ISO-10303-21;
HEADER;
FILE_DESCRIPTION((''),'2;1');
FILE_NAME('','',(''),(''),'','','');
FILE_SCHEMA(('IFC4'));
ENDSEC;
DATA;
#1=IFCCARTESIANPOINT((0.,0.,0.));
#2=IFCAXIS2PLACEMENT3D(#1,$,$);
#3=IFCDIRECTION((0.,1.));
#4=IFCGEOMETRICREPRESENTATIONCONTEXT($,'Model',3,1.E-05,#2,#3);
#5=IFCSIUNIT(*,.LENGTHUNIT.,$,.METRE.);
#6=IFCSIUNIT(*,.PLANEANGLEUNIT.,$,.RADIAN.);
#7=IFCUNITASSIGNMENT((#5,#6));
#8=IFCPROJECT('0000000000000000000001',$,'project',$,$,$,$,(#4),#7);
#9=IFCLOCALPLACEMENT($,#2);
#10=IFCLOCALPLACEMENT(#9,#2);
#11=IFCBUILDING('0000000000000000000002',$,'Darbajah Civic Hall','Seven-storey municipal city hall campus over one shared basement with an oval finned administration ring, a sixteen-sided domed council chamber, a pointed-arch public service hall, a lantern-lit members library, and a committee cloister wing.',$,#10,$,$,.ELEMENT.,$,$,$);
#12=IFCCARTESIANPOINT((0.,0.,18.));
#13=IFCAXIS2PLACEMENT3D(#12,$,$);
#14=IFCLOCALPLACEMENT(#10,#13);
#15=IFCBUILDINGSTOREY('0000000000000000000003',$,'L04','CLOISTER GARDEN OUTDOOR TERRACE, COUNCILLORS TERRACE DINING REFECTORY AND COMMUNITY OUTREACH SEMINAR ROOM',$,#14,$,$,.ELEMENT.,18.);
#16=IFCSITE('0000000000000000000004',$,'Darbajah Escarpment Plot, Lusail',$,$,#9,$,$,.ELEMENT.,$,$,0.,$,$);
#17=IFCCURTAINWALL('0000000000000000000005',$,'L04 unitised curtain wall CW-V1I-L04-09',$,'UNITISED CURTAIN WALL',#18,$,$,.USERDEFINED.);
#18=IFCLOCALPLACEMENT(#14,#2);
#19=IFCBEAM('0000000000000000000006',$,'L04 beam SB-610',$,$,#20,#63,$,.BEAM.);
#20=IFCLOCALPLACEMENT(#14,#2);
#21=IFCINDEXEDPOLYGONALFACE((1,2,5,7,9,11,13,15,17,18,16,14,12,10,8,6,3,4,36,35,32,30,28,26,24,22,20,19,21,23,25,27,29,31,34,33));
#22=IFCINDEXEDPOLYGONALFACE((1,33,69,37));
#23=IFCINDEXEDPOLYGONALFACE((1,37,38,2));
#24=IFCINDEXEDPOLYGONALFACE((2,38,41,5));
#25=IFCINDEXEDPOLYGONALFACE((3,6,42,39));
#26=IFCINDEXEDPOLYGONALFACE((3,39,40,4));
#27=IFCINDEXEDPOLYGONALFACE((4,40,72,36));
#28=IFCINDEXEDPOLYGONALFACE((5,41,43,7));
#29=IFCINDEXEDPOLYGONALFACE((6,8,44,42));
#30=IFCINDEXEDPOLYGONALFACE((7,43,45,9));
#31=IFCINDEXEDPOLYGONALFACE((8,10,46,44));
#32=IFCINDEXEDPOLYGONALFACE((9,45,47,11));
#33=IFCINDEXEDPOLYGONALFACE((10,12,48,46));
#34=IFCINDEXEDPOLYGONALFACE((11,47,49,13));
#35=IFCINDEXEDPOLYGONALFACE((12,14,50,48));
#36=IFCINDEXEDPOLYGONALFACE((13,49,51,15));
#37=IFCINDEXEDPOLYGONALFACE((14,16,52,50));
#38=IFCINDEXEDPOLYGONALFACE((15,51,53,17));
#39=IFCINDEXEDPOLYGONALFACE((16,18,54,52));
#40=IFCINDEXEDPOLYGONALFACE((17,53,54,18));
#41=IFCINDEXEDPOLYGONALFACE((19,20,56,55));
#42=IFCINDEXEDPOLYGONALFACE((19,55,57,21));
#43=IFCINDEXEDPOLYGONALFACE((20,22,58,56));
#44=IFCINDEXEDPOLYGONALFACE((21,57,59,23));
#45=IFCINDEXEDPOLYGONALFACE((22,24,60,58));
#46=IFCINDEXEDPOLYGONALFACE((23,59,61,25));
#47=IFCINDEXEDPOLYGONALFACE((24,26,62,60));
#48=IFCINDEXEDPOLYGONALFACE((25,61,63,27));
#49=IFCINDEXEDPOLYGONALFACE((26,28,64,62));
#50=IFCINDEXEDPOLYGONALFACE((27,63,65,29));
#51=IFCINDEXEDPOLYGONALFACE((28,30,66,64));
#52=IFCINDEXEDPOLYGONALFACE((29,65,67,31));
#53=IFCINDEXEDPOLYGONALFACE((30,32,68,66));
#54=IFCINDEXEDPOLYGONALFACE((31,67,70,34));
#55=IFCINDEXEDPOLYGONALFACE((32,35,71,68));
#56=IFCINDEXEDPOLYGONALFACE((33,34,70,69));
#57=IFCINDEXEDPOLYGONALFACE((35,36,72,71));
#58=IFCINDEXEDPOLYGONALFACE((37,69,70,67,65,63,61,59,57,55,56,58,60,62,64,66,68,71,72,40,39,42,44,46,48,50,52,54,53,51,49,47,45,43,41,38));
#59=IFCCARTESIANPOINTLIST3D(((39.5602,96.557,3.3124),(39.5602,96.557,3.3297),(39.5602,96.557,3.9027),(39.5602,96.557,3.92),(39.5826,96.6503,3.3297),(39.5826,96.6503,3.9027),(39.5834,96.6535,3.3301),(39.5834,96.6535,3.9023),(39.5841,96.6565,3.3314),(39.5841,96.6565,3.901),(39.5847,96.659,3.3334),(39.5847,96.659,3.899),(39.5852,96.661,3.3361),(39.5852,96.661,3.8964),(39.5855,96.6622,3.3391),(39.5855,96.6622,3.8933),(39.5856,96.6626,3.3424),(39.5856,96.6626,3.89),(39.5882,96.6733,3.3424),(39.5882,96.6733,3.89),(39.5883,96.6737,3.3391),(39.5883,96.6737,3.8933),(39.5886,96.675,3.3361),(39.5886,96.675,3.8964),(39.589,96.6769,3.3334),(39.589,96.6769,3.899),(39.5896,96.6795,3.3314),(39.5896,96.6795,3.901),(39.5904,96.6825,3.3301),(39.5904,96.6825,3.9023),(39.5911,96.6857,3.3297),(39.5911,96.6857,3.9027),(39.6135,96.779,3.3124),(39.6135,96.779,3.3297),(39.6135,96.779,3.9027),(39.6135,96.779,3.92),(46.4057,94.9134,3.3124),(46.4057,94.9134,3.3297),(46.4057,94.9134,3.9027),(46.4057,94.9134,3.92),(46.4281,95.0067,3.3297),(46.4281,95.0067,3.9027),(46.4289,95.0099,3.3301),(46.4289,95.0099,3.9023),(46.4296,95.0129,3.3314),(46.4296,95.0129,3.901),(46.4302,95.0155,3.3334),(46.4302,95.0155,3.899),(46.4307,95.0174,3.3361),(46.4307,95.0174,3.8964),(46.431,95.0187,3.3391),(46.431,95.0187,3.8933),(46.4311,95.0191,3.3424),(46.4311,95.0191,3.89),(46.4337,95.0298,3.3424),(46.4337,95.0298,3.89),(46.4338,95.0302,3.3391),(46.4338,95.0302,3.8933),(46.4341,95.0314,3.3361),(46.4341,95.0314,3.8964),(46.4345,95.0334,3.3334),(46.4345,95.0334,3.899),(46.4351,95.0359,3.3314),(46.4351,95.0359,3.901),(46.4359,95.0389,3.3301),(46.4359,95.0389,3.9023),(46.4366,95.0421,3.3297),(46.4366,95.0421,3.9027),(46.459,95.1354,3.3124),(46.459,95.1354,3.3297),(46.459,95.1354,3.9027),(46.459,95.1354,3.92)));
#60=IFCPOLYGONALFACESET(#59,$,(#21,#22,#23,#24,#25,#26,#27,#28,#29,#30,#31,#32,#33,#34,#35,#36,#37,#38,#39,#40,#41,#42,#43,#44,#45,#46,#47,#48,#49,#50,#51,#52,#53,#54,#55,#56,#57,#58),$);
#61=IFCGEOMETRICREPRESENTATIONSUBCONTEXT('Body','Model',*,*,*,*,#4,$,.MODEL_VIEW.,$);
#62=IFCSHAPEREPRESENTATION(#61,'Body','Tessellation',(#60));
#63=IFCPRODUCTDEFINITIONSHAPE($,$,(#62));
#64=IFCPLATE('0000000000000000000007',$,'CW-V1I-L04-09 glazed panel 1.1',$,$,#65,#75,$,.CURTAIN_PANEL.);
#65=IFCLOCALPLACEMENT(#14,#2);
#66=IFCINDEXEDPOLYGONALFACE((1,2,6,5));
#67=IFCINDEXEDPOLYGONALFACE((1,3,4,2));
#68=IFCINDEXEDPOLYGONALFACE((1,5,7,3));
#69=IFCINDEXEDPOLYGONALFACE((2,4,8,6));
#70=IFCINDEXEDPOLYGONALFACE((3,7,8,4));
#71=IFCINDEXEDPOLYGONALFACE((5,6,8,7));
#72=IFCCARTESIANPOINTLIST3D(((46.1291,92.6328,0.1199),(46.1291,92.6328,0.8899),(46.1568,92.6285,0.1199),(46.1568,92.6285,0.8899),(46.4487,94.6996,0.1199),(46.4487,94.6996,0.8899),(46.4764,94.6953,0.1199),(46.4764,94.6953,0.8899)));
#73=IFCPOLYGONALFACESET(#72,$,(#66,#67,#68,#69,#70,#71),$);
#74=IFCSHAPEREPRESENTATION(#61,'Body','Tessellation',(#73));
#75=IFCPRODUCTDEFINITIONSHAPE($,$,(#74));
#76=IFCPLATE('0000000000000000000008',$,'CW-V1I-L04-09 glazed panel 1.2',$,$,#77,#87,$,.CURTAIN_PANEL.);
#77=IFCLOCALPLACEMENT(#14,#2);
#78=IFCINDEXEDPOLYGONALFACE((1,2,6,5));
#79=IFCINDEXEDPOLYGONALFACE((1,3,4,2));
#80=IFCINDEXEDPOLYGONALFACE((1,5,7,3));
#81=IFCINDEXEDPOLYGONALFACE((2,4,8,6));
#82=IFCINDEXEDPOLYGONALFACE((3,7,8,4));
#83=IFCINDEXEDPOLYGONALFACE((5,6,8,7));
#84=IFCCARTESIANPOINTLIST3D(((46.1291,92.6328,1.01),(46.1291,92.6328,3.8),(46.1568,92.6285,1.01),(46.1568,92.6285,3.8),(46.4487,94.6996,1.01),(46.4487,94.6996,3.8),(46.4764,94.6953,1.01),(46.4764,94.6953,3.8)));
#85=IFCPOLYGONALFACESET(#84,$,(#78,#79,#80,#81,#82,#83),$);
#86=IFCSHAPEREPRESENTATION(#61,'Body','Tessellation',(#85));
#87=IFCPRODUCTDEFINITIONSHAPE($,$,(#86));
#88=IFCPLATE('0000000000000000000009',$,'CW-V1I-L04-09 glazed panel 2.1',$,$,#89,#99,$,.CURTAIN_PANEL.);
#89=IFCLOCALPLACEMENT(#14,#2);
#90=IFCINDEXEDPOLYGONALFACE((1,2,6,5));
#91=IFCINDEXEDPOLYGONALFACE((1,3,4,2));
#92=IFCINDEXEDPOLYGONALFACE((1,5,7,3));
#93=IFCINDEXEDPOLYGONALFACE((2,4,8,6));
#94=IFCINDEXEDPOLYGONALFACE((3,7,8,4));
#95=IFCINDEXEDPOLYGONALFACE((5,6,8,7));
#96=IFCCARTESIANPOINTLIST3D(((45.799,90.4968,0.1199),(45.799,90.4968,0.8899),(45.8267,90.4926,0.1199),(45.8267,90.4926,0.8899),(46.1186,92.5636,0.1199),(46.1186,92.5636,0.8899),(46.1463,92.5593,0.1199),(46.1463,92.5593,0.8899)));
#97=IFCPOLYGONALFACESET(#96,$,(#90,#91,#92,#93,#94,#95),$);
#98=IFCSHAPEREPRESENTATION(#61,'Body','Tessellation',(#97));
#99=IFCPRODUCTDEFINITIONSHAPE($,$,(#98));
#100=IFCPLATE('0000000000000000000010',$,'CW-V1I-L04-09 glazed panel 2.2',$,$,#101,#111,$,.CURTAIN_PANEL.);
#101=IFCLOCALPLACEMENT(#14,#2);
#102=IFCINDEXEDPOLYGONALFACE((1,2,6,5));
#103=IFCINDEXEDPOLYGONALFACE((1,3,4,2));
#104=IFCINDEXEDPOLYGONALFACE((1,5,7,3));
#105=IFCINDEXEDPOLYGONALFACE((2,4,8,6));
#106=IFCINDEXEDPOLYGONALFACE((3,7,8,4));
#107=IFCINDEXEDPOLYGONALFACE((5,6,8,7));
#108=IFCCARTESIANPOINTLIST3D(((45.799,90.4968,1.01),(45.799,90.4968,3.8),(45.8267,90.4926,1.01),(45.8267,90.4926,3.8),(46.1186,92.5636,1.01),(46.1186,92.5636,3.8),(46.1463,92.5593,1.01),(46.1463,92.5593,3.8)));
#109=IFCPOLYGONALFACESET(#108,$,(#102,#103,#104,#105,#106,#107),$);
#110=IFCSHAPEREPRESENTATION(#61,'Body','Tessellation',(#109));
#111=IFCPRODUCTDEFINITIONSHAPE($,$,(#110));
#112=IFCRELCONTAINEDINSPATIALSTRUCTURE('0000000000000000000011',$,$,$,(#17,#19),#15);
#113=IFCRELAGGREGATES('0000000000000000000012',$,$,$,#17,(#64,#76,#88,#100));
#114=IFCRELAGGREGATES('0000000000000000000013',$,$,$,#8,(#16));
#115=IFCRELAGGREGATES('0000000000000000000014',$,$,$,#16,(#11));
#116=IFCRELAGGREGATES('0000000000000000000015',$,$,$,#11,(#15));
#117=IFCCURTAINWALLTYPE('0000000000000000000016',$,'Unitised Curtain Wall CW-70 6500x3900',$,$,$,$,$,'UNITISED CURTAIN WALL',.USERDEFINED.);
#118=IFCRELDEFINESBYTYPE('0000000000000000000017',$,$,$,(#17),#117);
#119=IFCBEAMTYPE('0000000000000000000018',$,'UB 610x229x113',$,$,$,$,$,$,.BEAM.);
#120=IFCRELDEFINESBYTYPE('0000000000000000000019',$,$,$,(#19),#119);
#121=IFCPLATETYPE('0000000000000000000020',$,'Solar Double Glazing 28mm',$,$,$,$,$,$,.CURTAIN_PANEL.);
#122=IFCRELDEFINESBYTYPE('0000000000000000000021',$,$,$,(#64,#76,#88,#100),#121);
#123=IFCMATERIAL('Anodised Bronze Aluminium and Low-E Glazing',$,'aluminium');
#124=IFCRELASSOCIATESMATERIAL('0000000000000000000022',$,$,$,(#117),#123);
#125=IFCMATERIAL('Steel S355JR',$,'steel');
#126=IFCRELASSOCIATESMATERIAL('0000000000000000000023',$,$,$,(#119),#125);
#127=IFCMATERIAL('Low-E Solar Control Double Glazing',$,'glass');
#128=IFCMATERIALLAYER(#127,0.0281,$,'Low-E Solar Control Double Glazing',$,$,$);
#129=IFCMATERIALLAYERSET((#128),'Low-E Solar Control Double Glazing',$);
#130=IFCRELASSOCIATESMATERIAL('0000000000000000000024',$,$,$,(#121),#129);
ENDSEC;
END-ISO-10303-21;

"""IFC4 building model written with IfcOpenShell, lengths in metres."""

from ifc_helpers import new_model, si_unit, direction, frame, origin, origin_2d, place, context, subcontext, project, spatial, rectangle, i_section, extrude, material, layer, layer_set, material_profile, profile_set, type_object, element, aggregate, save


model = new_model("IFC4")

# Units and contexts
model_context = context("Model", 3, precision=1e-05, world=origin(), true_north=direction((0.0, 1.0)))
body_context = subcontext(model_context, "Body", "Model", "MODEL_VIEW")
ifc_project = project(units=[si_unit("LENGTHUNIT", "METRE"), si_unit("PLANEANGLEUNIT", "RADIAN")], contexts=[model_context])

# Site, building, storey
site_placement = place(None, origin())
site = spatial("IfcSite", under=ifc_project, at=site_placement, Name="Darbajah Escarpment Plot, Lusail", CompositionType="ELEMENT", RefElevation=0.0)
building_placement = place(site_placement, origin())
building = spatial("IfcBuilding", under=site, at=building_placement, Name="Darbajah Civic Hall", Description="Seven-storey municipal city hall campus over one shared basement with an oval finned administration ring, a sixteen-sided domed council chamber, a pointed-arch public service hall, a lantern-lit members library, and a committee cloister wing.", CompositionType="ELEMENT")
storey_placement = place(building_placement, frame((0.0, 0.0, 18.0)))
storey = spatial("IfcBuildingStorey", under=building, at=storey_placement, Name="L04", Description="CLOISTER GARDEN OUTDOOR TERRACE, COUNCILLORS TERRACE DINING REFECTORY AND COMMUNITY OUTREACH SEMINAR ROOM", CompositionType="ELEMENT", Elevation=18.0)

# Curtain wall
ifc_material_1 = material(Name="Anodised Bronze Aluminium and Low-E Glazing", Category="aluminium")
curtain_wall_type = type_object("IfcCurtainWallType", Name="Unitised Curtain Wall CW-70 6500x3900", ElementType="UNITISED CURTAIN WALL", PredefinedType="USERDEFINED", material=ifc_material_1)
curtain_wall_placement = place(storey_placement, origin())
curtain_wall = element("IfcCurtainWall", 1, at=curtain_wall_placement, inside=storey, type_object=curtain_wall_type, Name="L04 unitised curtain wall CW-V1I-L04-09", ObjectType="UNITISED CURTAIN WALL", PredefinedType="USERDEFINED")

# Beam
ifc_material_2 = material(Name="Steel S355JR", Category="steel")
ifc_material_profile_1 = material_profile(ifc_material_2, i_section(OverallWidth=0.2283, OverallDepth=0.6077, WebThickness=0.011, FlangeThickness=0.0173, FilletRadius=0.0127, at=origin_2d()), Name="UB 610x229x113")
ifc_profile_set_1 = profile_set([ifc_material_profile_1], Name="Steel S355JR")
beam_type_1 = type_object("IfcBeamType", Name="UB 610x229x113", PredefinedType="BEAM", material=ifc_profile_set_1)
beam_1_placement = place(storey_placement, frame((46.4324, 95.0244, 3.6162), z_axis=(-0.972367, 0.23346, 0.0), x_axis=(-0.23346, -0.972367, 0.0)))
element("IfcBeam", 2, at=beam_1_placement, inside=storey, type_object=beam_type_1, Name="L04 beam SB-610", PredefinedType="BEAM", context=body_context, shape_type="SweptSolid", body=[
    extrude(i_section(OverallWidth=0.2283, OverallDepth=0.6077, WebThickness=0.011, FlangeThickness=0.0173, FilletRadius=0.0127, at=origin_2d()), origin(), (0.0, 0.0, 1.0), 7.04),
])

# Plates
ifc_material_3 = material(Name="Low-E Solar Control Double Glazing", Category="glass")
ifc_layer = layer(ifc_material_3, 0.0281, Name="Low-E Solar Control Double Glazing")
ifc_layer_set = layer_set([ifc_layer], Name="Low-E Solar Control Double Glazing")
plate_type = type_object("IfcPlateType", Name="Solar Double Glazing 28mm", PredefinedType="CURTAIN_PANEL", material=ifc_layer_set)
plate_1_placement = place(storey_placement, frame((46.3027, 93.6641, 0.1199), z_axis=(0.0, 0.0, 1.0), x_axis=(-0.152813, -0.988255, 0.0)))
plate_1 = element("IfcPlate", 3, at=plate_1_placement, type_object=plate_type, Name="CW-V1I-L04-09 glazed panel 1.1", PredefinedType="CURTAIN_PANEL", context=body_context, shape_type="SweptSolid", body=[
    extrude(rectangle(XDim=2.0913, YDim=0.0281, at=origin_2d()), origin(), (0.0, 0.0, 1.0), 0.77),
])
plate_2_placement = place(storey_placement, frame((46.3027, 93.6641, 1.01), z_axis=(0.0, 0.0, 1.0), x_axis=(-0.152813, -0.988255, 0.0)))
plate_2 = element("IfcPlate", 4, at=plate_2_placement, type_object=plate_type, Name="CW-V1I-L04-09 glazed panel 1.2", PredefinedType="CURTAIN_PANEL", context=body_context, shape_type="SweptSolid", body=[
    extrude(rectangle(XDim=2.0913, YDim=0.0281, at=origin_2d()), origin(), (0.0, 0.0, 1.0), 2.79),
])
plate_3_placement = place(storey_placement, frame((45.9727, 91.5281, 0.1199), z_axis=(0.0, 0.0, 1.0), x_axis=(-0.152813, -0.988255, 0.0)))
plate_3 = element("IfcPlate", 5, at=plate_3_placement, type_object=plate_type, Name="CW-V1I-L04-09 glazed panel 2.1", PredefinedType="CURTAIN_PANEL", context=body_context, shape_type="SweptSolid", body=[
    extrude(rectangle(XDim=2.0913, YDim=0.0281, at=origin_2d()), origin(), (0.0, 0.0, 1.0), 0.77),
])
plate_4_placement = place(storey_placement, frame((45.9727, 91.5281, 1.01), z_axis=(0.0, 0.0, 1.0), x_axis=(-0.152813, -0.988255, 0.0)))
plate_4 = element("IfcPlate", 6, at=plate_4_placement, type_object=plate_type, Name="CW-V1I-L04-09 glazed panel 2.2", PredefinedType="CURTAIN_PANEL", context=body_context, shape_type="SweptSolid", body=[
    extrude(rectangle(XDim=2.0913, YDim=0.0281, at=origin_2d()), origin(), (0.0, 0.0, 1.0), 2.79),
])
aggregate(curtain_wall, [plate_1, plate_2, plate_3, plate_4])

save(model, "model.ifc")
